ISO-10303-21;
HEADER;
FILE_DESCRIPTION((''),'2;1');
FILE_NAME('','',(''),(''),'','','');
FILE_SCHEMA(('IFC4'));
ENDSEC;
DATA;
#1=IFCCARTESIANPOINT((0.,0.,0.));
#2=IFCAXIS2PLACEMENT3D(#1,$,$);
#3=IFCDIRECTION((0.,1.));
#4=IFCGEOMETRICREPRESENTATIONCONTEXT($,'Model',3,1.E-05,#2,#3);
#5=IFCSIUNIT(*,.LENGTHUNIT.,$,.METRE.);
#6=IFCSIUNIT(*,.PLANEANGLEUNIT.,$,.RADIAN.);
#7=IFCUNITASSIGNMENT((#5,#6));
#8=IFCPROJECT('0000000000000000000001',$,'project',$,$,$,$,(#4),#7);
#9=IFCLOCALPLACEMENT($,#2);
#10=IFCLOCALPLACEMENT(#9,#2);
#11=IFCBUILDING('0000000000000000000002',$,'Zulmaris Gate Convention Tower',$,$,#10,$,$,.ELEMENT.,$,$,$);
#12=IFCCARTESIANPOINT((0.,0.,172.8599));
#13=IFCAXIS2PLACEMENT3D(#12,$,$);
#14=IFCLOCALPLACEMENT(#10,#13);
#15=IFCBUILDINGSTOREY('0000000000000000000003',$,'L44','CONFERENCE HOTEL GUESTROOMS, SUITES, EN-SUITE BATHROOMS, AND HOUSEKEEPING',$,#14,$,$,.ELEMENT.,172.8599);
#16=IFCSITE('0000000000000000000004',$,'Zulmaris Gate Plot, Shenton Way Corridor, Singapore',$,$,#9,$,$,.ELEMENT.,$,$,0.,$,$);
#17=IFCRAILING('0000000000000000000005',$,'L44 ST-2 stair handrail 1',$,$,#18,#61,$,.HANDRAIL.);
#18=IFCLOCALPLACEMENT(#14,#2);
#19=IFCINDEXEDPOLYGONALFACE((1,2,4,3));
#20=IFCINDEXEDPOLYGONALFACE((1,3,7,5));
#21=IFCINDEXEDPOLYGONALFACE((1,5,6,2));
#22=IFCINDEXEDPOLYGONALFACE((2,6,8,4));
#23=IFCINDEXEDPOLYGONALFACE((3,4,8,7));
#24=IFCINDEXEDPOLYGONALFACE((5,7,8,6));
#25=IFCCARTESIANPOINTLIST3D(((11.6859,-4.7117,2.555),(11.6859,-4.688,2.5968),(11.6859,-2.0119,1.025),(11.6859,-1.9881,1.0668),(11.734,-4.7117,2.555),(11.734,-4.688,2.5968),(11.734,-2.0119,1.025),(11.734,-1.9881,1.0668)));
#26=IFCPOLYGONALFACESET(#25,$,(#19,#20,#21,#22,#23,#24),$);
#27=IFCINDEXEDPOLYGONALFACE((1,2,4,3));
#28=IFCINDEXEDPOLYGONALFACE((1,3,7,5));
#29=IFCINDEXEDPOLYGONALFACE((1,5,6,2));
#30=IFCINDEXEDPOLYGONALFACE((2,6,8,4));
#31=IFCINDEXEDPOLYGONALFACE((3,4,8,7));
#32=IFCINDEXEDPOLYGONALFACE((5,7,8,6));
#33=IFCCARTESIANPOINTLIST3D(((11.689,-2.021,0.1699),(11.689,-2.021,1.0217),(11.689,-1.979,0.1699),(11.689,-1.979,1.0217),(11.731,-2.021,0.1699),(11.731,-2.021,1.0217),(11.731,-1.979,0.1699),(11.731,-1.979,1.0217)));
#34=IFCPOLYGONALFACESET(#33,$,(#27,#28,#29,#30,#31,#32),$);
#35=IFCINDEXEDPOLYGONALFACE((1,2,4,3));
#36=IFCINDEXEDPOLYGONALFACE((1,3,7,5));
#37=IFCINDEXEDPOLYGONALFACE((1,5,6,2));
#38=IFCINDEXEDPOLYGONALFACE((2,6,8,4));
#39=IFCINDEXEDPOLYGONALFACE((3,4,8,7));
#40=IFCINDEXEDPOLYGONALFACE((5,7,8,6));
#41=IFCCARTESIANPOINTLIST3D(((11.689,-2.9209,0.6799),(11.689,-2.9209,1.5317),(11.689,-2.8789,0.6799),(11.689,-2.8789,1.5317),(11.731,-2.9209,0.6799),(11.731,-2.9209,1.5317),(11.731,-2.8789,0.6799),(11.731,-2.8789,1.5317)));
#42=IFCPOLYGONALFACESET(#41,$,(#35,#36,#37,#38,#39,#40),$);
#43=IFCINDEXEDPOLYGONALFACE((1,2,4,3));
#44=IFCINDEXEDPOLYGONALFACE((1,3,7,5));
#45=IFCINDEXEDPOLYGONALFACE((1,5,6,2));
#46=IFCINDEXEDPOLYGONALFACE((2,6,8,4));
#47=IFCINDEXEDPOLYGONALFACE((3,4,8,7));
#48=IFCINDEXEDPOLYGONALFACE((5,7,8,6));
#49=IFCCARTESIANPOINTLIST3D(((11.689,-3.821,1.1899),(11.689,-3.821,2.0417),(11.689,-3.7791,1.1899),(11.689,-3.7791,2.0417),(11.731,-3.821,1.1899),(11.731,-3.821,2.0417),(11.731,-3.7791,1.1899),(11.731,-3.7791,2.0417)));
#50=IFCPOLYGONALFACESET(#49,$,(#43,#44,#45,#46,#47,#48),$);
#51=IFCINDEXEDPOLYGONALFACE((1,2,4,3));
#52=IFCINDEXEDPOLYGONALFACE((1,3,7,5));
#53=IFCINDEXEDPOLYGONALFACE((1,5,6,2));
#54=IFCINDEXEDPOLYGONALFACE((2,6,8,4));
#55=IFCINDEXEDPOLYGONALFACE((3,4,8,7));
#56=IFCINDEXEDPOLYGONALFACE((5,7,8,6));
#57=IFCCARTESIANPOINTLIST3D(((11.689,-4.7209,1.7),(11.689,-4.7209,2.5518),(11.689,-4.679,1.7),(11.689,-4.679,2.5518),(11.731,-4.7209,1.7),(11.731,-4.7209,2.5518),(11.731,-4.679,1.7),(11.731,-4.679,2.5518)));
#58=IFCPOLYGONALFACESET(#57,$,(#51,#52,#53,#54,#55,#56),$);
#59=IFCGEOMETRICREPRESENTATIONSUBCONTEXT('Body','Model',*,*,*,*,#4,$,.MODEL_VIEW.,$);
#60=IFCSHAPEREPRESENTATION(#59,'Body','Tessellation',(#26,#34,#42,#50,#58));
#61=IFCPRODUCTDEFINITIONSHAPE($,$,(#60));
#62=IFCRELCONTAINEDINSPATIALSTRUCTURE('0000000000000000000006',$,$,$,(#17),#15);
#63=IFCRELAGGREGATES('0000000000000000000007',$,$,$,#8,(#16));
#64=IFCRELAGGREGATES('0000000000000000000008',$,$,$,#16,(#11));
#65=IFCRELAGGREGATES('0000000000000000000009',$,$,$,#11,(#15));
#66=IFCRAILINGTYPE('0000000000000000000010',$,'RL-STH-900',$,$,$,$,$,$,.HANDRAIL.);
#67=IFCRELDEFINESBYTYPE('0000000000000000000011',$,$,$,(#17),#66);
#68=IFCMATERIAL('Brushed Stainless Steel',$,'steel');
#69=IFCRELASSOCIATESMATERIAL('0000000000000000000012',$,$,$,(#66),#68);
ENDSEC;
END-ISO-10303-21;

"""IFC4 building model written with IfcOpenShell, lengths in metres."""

from ifc_helpers import new_model, si_unit, direction, frame, origin, origin_2d, place, context, subcontext, project, spatial, rectangle, extrude, material, type_object, element, save


model = new_model("IFC4")

# Units and contexts
model_context = context("Model", 3, precision=1e-05, world=origin(), true_north=direction((0.0, 1.0)))
body_context = subcontext(model_context, "Body", "Model", "MODEL_VIEW")
ifc_project = project(units=[si_unit("LENGTHUNIT", "METRE"), si_unit("PLANEANGLEUNIT", "RADIAN")], contexts=[model_context])

# Site, building, storey
site_placement = place(None, origin())
site = spatial("IfcSite", under=ifc_project, at=site_placement, Name="Zulmaris Gate Plot, Shenton Way Corridor, Singapore", CompositionType="ELEMENT", RefElevation=0.0)
building_placement = place(site_placement, origin())
building = spatial("IfcBuilding", under=site, at=building_placement, Name="Zulmaris Gate Convention Tower", CompositionType="ELEMENT")
storey_placement = place(building_placement, frame((0.0, 0.0, 172.8599)))
storey = spatial("IfcBuildingStorey", under=building, at=storey_placement, Name="L44", Description="CONFERENCE HOTEL GUESTROOMS, SUITES, EN-SUITE BATHROOMS, AND HOUSEKEEPING", CompositionType="ELEMENT", Elevation=172.8599)

# Railing
ifc_material_1 = material(Name="Brushed Stainless Steel", Category="steel")
railing_type_1 = type_object("IfcRailingType", Name="RL-STH-900", PredefinedType="HANDRAIL", material=ifc_material_1)
railing_1_placement = place(storey_placement, frame((11.71, -2.0, 0.1699)))
element("IfcRailing", 1, at=railing_1_placement, inside=storey, type_object=railing_type_1, Name="L44 ST-2 stair handrail 1", PredefinedType="HANDRAIL", context=body_context, shape_type="SweptSolid", body=[
    extrude(rectangle(XDim=0.0481, YDim=0.0481, at=origin_2d()), frame((0.0, 0.0, 0.876), z_axis=(0.0, -0.870014, 0.493026), x_axis=(1.0, 0.0, 0.0)), (0.0, 0.0, 1.0), 3.1033),
    extrude(rectangle(XDim=0.042, YDim=0.042, at=origin_2d()), origin(), (0.0, 0.0, 1.0), 0.8518),
    extrude(rectangle(XDim=0.042, YDim=0.042, at=origin_2d()), frame((0.0, -0.8999, 0.51)), (0.0, 0.0, 1.0), 0.8518),
    extrude(rectangle(XDim=0.042, YDim=0.042, at=origin_2d()), frame((0.0, -1.8, 1.02)), (0.0, 0.0, 1.0), 0.8518),
    extrude(rectangle(XDim=0.042, YDim=0.042, at=origin_2d()), frame((0.0, -2.7, 1.53)), (0.0, 0.0, 1.0), 0.8518),
])

save(model, "model.ifc")
